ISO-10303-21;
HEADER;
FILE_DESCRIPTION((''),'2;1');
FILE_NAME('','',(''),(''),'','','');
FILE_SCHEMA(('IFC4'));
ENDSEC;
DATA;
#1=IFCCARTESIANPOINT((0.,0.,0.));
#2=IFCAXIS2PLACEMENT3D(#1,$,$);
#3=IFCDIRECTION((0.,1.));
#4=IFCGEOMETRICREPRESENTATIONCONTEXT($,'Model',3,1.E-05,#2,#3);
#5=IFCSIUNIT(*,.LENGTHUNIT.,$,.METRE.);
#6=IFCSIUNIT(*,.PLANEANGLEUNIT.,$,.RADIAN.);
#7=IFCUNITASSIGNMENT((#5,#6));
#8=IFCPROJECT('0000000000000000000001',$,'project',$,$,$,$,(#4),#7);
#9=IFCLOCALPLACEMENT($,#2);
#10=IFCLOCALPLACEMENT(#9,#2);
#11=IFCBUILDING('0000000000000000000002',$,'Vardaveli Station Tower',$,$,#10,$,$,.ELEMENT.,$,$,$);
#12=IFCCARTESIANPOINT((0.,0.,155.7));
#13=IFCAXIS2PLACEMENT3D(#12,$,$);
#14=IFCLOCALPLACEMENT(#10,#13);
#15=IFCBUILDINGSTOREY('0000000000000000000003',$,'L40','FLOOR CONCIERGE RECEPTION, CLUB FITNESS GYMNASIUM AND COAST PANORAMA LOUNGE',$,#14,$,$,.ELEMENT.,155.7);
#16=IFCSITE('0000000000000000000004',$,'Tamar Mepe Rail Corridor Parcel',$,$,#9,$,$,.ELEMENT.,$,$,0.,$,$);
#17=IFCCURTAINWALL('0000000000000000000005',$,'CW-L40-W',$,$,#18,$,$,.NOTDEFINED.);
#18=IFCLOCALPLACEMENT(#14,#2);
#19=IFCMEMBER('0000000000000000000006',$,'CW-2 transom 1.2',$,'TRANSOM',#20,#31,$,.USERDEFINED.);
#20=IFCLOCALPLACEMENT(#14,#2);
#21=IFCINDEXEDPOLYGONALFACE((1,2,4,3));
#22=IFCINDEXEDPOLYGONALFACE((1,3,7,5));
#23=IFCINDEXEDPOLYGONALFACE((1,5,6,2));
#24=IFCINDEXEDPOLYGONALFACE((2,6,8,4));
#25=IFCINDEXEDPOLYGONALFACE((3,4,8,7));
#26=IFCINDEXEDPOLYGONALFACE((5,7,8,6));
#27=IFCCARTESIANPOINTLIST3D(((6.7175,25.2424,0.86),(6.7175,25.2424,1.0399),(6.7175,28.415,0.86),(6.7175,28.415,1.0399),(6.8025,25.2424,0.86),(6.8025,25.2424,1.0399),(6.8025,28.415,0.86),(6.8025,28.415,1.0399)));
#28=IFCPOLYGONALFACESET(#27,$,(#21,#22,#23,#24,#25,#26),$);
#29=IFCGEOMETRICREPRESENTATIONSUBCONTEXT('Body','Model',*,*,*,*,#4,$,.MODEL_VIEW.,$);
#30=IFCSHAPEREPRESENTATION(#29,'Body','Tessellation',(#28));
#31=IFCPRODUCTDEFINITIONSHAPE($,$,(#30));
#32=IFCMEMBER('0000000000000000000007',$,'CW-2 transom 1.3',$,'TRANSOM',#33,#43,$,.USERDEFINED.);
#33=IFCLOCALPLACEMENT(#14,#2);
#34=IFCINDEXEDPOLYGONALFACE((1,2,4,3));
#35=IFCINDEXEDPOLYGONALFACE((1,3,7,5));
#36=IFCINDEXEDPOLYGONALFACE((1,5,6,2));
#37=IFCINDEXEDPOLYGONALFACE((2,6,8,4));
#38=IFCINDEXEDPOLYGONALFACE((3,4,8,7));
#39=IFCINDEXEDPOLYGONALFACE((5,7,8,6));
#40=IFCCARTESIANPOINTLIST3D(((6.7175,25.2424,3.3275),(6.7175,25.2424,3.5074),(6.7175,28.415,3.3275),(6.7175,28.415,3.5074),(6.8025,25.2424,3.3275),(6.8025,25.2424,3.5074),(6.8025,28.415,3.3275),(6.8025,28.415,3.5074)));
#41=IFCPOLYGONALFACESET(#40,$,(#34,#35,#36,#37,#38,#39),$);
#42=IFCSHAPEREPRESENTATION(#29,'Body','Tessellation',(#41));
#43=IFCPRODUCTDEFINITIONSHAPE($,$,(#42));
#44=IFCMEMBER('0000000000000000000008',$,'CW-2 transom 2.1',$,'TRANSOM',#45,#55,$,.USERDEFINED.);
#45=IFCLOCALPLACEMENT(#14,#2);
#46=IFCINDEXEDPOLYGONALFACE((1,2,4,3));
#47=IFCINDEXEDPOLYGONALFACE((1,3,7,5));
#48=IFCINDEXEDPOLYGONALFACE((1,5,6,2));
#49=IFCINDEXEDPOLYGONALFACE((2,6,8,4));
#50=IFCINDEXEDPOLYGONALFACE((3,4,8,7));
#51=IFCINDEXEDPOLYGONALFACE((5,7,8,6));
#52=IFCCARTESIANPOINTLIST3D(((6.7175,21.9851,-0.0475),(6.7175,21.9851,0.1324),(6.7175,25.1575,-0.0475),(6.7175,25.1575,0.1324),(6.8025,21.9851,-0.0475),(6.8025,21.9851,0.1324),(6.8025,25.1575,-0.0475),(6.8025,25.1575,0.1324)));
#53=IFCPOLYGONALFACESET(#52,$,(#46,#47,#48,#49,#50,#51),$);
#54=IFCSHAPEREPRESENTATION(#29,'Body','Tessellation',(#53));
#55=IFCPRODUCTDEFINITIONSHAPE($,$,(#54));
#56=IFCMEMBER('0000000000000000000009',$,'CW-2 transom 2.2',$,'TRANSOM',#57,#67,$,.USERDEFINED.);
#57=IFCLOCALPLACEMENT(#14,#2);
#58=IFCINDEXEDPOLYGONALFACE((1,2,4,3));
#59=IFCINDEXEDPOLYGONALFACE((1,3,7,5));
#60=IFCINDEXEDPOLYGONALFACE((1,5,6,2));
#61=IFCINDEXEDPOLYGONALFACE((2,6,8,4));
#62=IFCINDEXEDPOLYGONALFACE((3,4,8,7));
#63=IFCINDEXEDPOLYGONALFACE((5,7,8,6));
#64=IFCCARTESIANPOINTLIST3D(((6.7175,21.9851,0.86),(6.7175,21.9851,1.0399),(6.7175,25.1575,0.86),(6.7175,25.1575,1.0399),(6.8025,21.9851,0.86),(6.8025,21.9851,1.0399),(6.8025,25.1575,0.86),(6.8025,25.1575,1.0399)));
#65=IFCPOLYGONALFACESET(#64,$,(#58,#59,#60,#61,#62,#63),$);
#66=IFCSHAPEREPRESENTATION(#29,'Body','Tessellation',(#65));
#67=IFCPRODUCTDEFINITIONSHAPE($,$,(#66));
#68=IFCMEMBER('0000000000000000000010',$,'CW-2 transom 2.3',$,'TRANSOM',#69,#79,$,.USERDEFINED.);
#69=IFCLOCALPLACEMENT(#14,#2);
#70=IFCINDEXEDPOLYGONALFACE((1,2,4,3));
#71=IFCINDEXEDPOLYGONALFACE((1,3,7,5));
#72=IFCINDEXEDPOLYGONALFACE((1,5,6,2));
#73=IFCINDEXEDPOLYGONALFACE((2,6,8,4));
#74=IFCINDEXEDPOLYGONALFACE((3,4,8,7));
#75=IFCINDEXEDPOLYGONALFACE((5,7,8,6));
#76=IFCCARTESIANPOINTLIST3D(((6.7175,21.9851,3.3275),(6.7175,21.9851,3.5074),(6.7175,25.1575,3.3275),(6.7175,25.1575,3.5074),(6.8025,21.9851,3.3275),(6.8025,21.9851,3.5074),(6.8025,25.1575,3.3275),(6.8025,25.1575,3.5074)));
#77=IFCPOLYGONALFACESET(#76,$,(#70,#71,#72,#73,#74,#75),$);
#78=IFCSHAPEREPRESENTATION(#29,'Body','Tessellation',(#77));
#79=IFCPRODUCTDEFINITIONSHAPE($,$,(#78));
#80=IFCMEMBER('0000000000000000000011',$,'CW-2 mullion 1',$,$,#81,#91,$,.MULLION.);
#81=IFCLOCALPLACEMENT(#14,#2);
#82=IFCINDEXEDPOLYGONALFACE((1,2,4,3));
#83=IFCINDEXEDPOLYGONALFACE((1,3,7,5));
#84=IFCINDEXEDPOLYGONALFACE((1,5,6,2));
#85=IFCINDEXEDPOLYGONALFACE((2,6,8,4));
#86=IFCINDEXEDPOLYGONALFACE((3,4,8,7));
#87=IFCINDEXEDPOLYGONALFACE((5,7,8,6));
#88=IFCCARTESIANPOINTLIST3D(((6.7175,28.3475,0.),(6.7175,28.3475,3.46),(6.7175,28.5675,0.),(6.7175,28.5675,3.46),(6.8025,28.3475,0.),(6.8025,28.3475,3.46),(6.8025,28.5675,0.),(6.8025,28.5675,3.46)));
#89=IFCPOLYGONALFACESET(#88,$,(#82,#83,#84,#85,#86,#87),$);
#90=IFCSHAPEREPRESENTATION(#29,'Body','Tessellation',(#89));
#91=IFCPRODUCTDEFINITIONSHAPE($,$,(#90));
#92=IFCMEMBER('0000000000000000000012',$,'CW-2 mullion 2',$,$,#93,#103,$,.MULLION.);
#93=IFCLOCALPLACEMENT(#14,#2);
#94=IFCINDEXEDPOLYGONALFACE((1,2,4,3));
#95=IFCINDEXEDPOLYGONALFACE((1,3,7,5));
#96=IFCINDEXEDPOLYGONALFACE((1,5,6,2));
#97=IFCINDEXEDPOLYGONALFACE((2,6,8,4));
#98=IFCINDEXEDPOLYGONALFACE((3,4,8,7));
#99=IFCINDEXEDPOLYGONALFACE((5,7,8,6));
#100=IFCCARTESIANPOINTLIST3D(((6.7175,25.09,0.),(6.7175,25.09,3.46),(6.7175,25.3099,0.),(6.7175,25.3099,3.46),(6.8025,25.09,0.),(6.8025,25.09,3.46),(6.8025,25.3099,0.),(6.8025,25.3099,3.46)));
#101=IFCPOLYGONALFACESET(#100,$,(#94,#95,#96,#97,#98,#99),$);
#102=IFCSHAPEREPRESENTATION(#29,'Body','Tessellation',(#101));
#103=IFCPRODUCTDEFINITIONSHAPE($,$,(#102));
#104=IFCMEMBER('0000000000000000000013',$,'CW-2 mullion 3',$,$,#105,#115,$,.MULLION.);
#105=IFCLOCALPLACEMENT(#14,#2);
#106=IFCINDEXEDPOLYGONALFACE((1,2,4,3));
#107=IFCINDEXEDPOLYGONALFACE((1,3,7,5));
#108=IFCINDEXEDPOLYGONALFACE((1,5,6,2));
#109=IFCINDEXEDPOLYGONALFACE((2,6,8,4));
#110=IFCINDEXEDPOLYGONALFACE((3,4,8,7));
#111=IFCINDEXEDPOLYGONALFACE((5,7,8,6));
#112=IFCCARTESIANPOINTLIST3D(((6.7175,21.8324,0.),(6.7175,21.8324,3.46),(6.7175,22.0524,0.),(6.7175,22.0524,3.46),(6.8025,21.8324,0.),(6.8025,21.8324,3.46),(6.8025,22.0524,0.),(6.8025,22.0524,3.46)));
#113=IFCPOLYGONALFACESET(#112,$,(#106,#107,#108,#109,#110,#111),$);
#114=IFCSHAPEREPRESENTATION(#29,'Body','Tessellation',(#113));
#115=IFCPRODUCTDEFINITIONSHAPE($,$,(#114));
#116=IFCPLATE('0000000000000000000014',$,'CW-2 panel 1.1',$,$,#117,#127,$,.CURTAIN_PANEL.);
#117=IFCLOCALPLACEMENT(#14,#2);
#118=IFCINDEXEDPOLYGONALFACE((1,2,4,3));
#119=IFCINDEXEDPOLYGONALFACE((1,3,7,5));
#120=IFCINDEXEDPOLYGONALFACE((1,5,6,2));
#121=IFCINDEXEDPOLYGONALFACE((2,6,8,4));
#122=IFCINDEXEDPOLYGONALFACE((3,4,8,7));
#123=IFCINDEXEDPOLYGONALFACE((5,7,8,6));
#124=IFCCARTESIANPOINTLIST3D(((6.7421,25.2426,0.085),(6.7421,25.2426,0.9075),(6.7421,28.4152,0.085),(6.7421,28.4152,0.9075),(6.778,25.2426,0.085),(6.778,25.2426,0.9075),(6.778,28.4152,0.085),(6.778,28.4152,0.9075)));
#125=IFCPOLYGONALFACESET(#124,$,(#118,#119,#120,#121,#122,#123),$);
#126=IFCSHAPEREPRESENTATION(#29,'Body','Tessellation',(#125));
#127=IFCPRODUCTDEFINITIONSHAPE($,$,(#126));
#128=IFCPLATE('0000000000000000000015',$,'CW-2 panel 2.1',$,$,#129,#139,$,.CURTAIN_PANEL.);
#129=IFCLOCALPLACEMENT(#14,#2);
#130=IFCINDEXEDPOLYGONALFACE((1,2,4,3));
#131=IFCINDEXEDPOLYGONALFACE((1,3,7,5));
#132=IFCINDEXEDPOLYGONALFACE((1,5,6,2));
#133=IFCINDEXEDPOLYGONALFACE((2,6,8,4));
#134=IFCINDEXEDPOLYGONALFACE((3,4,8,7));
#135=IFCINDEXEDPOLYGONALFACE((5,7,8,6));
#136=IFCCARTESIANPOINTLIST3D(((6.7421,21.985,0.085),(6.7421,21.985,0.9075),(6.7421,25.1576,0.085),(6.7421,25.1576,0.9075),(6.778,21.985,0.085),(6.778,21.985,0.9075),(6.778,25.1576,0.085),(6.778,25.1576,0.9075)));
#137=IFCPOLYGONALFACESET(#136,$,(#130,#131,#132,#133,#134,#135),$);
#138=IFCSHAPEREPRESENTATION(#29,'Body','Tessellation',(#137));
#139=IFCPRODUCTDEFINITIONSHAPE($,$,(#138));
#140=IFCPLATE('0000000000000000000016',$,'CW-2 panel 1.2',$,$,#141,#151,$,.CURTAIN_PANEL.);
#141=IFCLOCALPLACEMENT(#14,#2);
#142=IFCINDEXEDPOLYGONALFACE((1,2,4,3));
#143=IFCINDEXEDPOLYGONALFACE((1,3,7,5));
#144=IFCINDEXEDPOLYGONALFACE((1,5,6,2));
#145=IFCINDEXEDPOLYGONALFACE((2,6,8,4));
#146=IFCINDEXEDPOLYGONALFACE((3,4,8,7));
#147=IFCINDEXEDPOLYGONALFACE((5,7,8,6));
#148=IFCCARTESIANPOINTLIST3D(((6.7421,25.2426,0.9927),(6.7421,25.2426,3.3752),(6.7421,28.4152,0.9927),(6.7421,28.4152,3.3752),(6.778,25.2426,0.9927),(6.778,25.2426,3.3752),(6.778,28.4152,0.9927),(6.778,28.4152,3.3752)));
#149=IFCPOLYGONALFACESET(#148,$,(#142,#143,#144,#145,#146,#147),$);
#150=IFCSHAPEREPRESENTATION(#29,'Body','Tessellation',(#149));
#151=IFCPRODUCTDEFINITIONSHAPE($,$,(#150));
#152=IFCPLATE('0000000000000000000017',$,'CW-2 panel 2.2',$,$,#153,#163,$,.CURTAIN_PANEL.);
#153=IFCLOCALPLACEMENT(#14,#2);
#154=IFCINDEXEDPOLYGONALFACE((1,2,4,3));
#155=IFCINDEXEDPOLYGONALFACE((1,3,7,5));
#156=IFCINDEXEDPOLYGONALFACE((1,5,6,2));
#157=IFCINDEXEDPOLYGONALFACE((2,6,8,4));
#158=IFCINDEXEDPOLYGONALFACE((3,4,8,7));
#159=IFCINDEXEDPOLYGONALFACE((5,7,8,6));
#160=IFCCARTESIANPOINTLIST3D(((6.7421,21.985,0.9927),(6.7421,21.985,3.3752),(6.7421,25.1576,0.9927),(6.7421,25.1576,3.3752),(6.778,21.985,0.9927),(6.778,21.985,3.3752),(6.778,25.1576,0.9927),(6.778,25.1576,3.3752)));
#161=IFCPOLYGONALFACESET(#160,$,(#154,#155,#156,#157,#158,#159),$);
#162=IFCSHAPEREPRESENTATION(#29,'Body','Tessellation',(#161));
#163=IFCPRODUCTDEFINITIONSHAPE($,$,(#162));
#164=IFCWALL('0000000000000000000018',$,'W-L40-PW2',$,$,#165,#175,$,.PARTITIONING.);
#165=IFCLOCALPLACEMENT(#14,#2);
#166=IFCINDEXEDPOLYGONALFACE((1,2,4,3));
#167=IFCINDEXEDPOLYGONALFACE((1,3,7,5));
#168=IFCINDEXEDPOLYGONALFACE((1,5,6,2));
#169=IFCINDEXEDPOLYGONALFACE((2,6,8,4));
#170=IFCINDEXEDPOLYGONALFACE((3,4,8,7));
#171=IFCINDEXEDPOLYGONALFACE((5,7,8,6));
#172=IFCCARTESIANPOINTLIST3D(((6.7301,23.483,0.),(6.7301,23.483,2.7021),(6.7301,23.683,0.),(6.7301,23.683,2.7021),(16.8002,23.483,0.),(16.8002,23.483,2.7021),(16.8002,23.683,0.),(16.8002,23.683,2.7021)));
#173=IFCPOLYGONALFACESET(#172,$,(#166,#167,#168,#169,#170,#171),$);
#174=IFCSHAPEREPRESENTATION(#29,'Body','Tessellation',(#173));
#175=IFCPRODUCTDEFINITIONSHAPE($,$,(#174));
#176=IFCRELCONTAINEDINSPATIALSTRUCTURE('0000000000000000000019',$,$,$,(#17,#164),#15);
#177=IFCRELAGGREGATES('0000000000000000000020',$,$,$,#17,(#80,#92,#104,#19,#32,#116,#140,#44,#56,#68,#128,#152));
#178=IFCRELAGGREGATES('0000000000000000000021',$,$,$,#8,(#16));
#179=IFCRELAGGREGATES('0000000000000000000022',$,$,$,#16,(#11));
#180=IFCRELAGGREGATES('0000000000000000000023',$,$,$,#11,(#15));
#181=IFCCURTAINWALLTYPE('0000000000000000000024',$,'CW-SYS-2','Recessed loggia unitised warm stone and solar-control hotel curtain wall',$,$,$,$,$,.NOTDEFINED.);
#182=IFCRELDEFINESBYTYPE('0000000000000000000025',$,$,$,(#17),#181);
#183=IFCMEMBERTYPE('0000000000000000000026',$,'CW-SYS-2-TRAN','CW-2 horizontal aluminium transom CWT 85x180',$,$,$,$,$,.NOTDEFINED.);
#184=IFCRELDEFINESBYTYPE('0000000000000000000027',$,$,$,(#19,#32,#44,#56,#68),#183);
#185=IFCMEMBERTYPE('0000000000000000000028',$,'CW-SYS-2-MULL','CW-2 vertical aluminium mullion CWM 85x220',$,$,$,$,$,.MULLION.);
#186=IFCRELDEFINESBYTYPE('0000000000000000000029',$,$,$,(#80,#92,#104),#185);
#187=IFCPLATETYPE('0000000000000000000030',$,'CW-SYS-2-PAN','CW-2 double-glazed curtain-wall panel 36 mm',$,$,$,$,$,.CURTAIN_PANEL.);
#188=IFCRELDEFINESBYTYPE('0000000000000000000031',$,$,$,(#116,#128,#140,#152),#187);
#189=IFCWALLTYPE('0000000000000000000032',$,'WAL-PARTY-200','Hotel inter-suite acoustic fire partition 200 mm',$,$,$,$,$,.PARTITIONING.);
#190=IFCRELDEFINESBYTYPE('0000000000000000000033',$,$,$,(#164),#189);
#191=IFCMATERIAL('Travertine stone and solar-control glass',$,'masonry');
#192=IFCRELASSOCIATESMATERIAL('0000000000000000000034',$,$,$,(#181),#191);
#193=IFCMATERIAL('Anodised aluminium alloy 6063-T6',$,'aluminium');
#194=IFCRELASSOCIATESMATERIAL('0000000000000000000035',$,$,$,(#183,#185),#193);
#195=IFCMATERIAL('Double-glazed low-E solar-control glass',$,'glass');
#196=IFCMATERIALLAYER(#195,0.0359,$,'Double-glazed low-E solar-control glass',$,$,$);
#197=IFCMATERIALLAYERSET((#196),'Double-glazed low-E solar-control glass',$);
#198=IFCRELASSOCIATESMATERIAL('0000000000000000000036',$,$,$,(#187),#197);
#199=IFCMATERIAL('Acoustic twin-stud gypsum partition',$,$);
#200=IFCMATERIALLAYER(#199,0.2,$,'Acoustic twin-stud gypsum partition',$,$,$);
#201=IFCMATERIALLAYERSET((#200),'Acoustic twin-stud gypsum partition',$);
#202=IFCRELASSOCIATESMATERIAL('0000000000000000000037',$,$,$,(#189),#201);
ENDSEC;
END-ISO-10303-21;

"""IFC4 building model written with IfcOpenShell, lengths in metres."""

from ifc_helpers import new_model, si_unit, direction, frame, frame_2d, origin, origin_2d, place, context, subcontext, project, spatial, rectangle, extrude, source, transform, mapped, material, layer, layer_set, material_profile, profile_set, type_object, element, aggregate, save


model = new_model("IFC4")

# Units and contexts
model_context = context("Model", 3, precision=1e-05, world=origin(), true_north=direction((0.0, 1.0)))
body_context = subcontext(model_context, "Body", "Model", "MODEL_VIEW")
ifc_project = project(units=[si_unit("LENGTHUNIT", "METRE"), si_unit("PLANEANGLEUNIT", "RADIAN")], contexts=[model_context])

# Site, building, storey
site_placement = place(None, origin())
site = spatial("IfcSite", under=ifc_project, at=site_placement, Name="Tamar Mepe Rail Corridor Parcel", CompositionType="ELEMENT", RefElevation=0.0)
building_placement = place(site_placement, origin())
building = spatial("IfcBuilding", under=site, at=building_placement, Name="Vardaveli Station Tower", CompositionType="ELEMENT")
storey_placement = place(building_placement, frame((0.0, 0.0, 155.7)))
storey = spatial("IfcBuildingStorey", under=building, at=storey_placement, Name="L40", Description="FLOOR CONCIERGE RECEPTION, CLUB FITNESS GYMNASIUM AND COAST PANORAMA LOUNGE", CompositionType="ELEMENT", Elevation=155.7)

# Curtain wall, members, plates
ifc_material_1 = material(Name="Travertine stone and solar-control glass", Category="masonry")
curtain_wall_type = type_object("IfcCurtainWallType", Name="CW-SYS-2", Description="Recessed loggia unitised warm stone and solar-control hotel curtain wall", PredefinedType="NOTDEFINED", material=ifc_material_1)
curtain_wall_placement = place(storey_placement, origin())
curtain_wall = element("IfcCurtainWall", 1, at=curtain_wall_placement, inside=storey, type_object=curtain_wall_type, Name="CW-L40-W", PredefinedType="NOTDEFINED")
ifc_material_2 = material(Name="Anodised aluminium alloy 6063-T6", Category="aluminium")
ifc_material_profile_1 = material_profile(ifc_material_2, rectangle(XDim=0.085, YDim=0.1799, at=origin_2d()), Name="CWT 85x180")
ifc_profile_set_1 = profile_set([ifc_material_profile_1], Name="Anodised aluminium alloy 6063-T6")
member_type_1 = type_object("IfcMemberType", Name="CW-SYS-2-TRAN", Description="CW-2 horizontal aluminium transom CWT 85x180", PredefinedType="NOTDEFINED", material=ifc_profile_set_1)
shared_shape_1 = source(origin(), body_context, "Body", "SweptSolid", [
    extrude(rectangle(XDim=0.085, YDim=0.1799, at=origin_2d()), origin(), (0.0, 0.0, 1.0), 3.1726),
])
member_1_placement = place(storey_placement, frame((6.76, 28.415, 0.95), z_axis=(0.0, -1.0, 0.0), x_axis=(1.0, 0.0, 0.0)))
member_1 = element("IfcMember", 2, at=member_1_placement, type_object=member_type_1, Name="CW-2 transom 1.2", ObjectType="TRANSOM", PredefinedType="USERDEFINED", context=body_context, shape_type="MappedRepresentation", body=[
    mapped(shared_shape_1, transform((0.0, 0.0, 0.0), scale=1.0)),
])
member_2_placement = place(storey_placement, frame((6.76, 28.415, 3.4175), z_axis=(0.0, -1.0, 0.0), x_axis=(1.0, 0.0, 0.0)))
member_2 = element("IfcMember", 3, at=member_2_placement, type_object=member_type_1, Name="CW-2 transom 1.3", ObjectType="TRANSOM", PredefinedType="USERDEFINED", context=body_context, shape_type="MappedRepresentation", body=[
    mapped(shared_shape_1, transform((0.0, 0.0, 0.0), scale=1.0)),
])
shared_shape_2 = source(origin(), body_context, "Body", "SweptSolid", [
    extrude(rectangle(XDim=0.085, YDim=0.1799, at=origin_2d()), origin(), (0.0, 0.0, 1.0), 3.1724),
])
member_3_placement = place(storey_placement, frame((6.76, 25.1575, 0.0425), z_axis=(0.0, -1.0, 0.0), x_axis=(1.0, 0.0, 0.0)))
member_3 = element("IfcMember", 4, at=member_3_placement, type_object=member_type_1, Name="CW-2 transom 2.1", ObjectType="TRANSOM", PredefinedType="USERDEFINED", context=body_context, shape_type="MappedRepresentation", body=[
    mapped(shared_shape_2, transform((0.0, 0.0, 0.0), scale=1.0)),
])
member_4_placement = place(storey_placement, frame((6.76, 25.1575, 0.95), z_axis=(0.0, -1.0, 0.0), x_axis=(1.0, 0.0, 0.0)))
member_4 = element("IfcMember", 5, at=member_4_placement, type_object=member_type_1, Name="CW-2 transom 2.2", ObjectType="TRANSOM", PredefinedType="USERDEFINED", context=body_context, shape_type="MappedRepresentation", body=[
    mapped(shared_shape_2, transform((0.0, 0.0, 0.0), scale=1.0)),
])
member_5_placement = place(storey_placement, frame((6.76, 25.1575, 3.4175), z_axis=(0.0, -1.0, 0.0), x_axis=(1.0, 0.0, 0.0)))
member_5 = element("IfcMember", 6, at=member_5_placement, type_object=member_type_1, Name="CW-2 transom 2.3", ObjectType="TRANSOM", PredefinedType="USERDEFINED", context=body_context, shape_type="MappedRepresentation", body=[
    mapped(shared_shape_2, transform((0.0, 0.0, 0.0), scale=1.0)),
])
ifc_material_profile_2 = material_profile(ifc_material_2, rectangle(XDim=0.085, YDim=0.22, at=origin_2d()), Name="CWM 85x220")
ifc_profile_set_2 = profile_set([ifc_material_profile_2], Name="Anodised aluminium alloy 6063-T6")
member_type_2 = type_object("IfcMemberType", Name="CW-SYS-2-MULL", Description="CW-2 vertical aluminium mullion CWM 85x220", PredefinedType="MULLION", material=ifc_profile_set_2)
shared_shape_3 = source(origin(), body_context, "Body", "SweptSolid", [
    extrude(rectangle(XDim=0.085, YDim=0.22, at=origin_2d()), origin(), (0.0, 0.0, 1.0), 3.46),
])
member_6_placement = place(storey_placement, frame((6.76, 28.4575, 0.0), z_axis=(0.0, 0.0, 1.0), x_axis=(1.0, 0.0, 0.0)))
member_6 = element("IfcMember", 7, at=member_6_placement, type_object=member_type_2, Name="CW-2 mullion 1", PredefinedType="MULLION", context=body_context, shape_type="MappedRepresentation", body=[
    mapped(shared_shape_3, transform((0.0, 0.0, 0.0), scale=1.0)),
])
member_7_placement = place(storey_placement, frame((6.76, 25.2, 0.0), z_axis=(0.0, 0.0, 1.0), x_axis=(1.0, 0.0, 0.0)))
member_7 = element("IfcMember", 8, at=member_7_placement, type_object=member_type_2, Name="CW-2 mullion 2", PredefinedType="MULLION", context=body_context, shape_type="MappedRepresentation", body=[
    mapped(shared_shape_3, transform((0.0, 0.0, 0.0), scale=1.0)),
])
member_8_placement = place(storey_placement, frame((6.76, 21.9424, 0.0), z_axis=(0.0, 0.0, 1.0), x_axis=(1.0, 0.0, 0.0)))
member_8 = element("IfcMember", 9, at=member_8_placement, type_object=member_type_2, Name="CW-2 mullion 3", PredefinedType="MULLION", context=body_context, shape_type="MappedRepresentation", body=[
    mapped(shared_shape_3, transform((0.0, 0.0, 0.0), scale=1.0)),
])
ifc_material_3 = material(Name="Double-glazed low-E solar-control glass", Category="glass")
ifc_layer_1 = layer(ifc_material_3, 0.0359, Name="Double-glazed low-E solar-control glass")
ifc_layer_set_1 = layer_set([ifc_layer_1], Name="Double-glazed low-E solar-control glass")
plate_type = type_object("IfcPlateType", Name="CW-SYS-2-PAN", Description="CW-2 double-glazed curtain-wall panel 36 mm", PredefinedType="CURTAIN_PANEL", material=ifc_layer_set_1)
shared_shape_4 = source(origin(), body_context, "Body", "SweptSolid", [
    extrude(rectangle(XDim=3.1726, YDim=0.0359, at=origin_2d()), origin(), (0.0, 0.0, 1.0), 0.8225),
])
plate_1_placement = place(storey_placement, frame((6.76, 26.8289, 0.085), z_axis=(0.0, 0.0, 1.0), x_axis=(0.0, -1.0, 0.0)))
plate_1 = element("IfcPlate", 10, at=plate_1_placement, type_object=plate_type, Name="CW-2 panel 1.1", PredefinedType="CURTAIN_PANEL", context=body_context, shape_type="MappedRepresentation", body=[
    mapped(shared_shape_4, transform((0.0, 0.0, 0.0), scale=1.0)),
])
plate_2_placement = place(storey_placement, frame((6.76, 23.5713, 0.085), z_axis=(0.0, 0.0, 1.0), x_axis=(0.0, -1.0, 0.0)))
plate_2 = element("IfcPlate", 11, at=plate_2_placement, type_object=plate_type, Name="CW-2 panel 2.1", PredefinedType="CURTAIN_PANEL", context=body_context, shape_type="MappedRepresentation", body=[
    mapped(shared_shape_4, transform((0.0, 0.0, 0.0), scale=1.0)),
])
shared_shape_5 = source(origin(), body_context, "Body", "SweptSolid", [
    extrude(rectangle(XDim=3.1726, YDim=0.0359, at=origin_2d()), origin(), (0.0, 0.0, 1.0), 2.3826),
])
plate_3_placement = place(storey_placement, frame((6.76, 26.8289, 0.9927), z_axis=(0.0, 0.0, 1.0), x_axis=(0.0, -1.0, 0.0)))
plate_3 = element("IfcPlate", 12, at=plate_3_placement, type_object=plate_type, Name="CW-2 panel 1.2", PredefinedType="CURTAIN_PANEL", context=body_context, shape_type="MappedRepresentation", body=[
    mapped(shared_shape_5, transform((0.0, 0.0, 0.0), scale=1.0)),
])
plate_4_placement = place(storey_placement, frame((6.76, 23.5713, 0.9927), z_axis=(0.0, 0.0, 1.0), x_axis=(0.0, -1.0, 0.0)))
plate_4 = element("IfcPlate", 13, at=plate_4_placement, type_object=plate_type, Name="CW-2 panel 2.2", PredefinedType="CURTAIN_PANEL", context=body_context, shape_type="MappedRepresentation", body=[
    mapped(shared_shape_5, transform((0.0, 0.0, 0.0), scale=1.0)),
])
aggregate(curtain_wall, [member_6, member_7, member_8, member_1, member_2, plate_1, plate_3, member_3, member_4, member_5, plate_2, plate_4])

# Wall
ifc_material_4 = material(Name="Acoustic twin-stud gypsum partition")
ifc_layer_2 = layer(ifc_material_4, 0.2, Name="Acoustic twin-stud gypsum partition")
ifc_layer_set_2 = layer_set([ifc_layer_2], Name="Acoustic twin-stud gypsum partition")
wall_type_1 = type_object("IfcWallType", Name="WAL-PARTY-200", Description="Hotel inter-suite acoustic fire partition 200 mm", PredefinedType="PARTITIONING", material=ifc_layer_set_2)
shared_shape_6 = source(origin(), body_context, "Body", "SweptSolid", [
    extrude(rectangle(XDim=10.0701, YDim=0.2, at=frame_2d((5.0352, 0.0))), origin(), (0.0, 0.0, 1.0), 2.7021),
])
wall_1_placement = place(storey_placement, frame((6.73, 23.583, 0.0), z_axis=(0.0, 0.0, 1.0), x_axis=(1.0, 0.0, 0.0)))
element("IfcWall", 14, at=wall_1_placement, inside=storey, type_object=wall_type_1, Name="W-L40-PW2", PredefinedType="PARTITIONING", context=body_context, shape_type="MappedRepresentation", body=[
    mapped(shared_shape_6, transform((0.0, 0.0, 0.0), scale=1.0)),
])

save(model, "model.ifc")
